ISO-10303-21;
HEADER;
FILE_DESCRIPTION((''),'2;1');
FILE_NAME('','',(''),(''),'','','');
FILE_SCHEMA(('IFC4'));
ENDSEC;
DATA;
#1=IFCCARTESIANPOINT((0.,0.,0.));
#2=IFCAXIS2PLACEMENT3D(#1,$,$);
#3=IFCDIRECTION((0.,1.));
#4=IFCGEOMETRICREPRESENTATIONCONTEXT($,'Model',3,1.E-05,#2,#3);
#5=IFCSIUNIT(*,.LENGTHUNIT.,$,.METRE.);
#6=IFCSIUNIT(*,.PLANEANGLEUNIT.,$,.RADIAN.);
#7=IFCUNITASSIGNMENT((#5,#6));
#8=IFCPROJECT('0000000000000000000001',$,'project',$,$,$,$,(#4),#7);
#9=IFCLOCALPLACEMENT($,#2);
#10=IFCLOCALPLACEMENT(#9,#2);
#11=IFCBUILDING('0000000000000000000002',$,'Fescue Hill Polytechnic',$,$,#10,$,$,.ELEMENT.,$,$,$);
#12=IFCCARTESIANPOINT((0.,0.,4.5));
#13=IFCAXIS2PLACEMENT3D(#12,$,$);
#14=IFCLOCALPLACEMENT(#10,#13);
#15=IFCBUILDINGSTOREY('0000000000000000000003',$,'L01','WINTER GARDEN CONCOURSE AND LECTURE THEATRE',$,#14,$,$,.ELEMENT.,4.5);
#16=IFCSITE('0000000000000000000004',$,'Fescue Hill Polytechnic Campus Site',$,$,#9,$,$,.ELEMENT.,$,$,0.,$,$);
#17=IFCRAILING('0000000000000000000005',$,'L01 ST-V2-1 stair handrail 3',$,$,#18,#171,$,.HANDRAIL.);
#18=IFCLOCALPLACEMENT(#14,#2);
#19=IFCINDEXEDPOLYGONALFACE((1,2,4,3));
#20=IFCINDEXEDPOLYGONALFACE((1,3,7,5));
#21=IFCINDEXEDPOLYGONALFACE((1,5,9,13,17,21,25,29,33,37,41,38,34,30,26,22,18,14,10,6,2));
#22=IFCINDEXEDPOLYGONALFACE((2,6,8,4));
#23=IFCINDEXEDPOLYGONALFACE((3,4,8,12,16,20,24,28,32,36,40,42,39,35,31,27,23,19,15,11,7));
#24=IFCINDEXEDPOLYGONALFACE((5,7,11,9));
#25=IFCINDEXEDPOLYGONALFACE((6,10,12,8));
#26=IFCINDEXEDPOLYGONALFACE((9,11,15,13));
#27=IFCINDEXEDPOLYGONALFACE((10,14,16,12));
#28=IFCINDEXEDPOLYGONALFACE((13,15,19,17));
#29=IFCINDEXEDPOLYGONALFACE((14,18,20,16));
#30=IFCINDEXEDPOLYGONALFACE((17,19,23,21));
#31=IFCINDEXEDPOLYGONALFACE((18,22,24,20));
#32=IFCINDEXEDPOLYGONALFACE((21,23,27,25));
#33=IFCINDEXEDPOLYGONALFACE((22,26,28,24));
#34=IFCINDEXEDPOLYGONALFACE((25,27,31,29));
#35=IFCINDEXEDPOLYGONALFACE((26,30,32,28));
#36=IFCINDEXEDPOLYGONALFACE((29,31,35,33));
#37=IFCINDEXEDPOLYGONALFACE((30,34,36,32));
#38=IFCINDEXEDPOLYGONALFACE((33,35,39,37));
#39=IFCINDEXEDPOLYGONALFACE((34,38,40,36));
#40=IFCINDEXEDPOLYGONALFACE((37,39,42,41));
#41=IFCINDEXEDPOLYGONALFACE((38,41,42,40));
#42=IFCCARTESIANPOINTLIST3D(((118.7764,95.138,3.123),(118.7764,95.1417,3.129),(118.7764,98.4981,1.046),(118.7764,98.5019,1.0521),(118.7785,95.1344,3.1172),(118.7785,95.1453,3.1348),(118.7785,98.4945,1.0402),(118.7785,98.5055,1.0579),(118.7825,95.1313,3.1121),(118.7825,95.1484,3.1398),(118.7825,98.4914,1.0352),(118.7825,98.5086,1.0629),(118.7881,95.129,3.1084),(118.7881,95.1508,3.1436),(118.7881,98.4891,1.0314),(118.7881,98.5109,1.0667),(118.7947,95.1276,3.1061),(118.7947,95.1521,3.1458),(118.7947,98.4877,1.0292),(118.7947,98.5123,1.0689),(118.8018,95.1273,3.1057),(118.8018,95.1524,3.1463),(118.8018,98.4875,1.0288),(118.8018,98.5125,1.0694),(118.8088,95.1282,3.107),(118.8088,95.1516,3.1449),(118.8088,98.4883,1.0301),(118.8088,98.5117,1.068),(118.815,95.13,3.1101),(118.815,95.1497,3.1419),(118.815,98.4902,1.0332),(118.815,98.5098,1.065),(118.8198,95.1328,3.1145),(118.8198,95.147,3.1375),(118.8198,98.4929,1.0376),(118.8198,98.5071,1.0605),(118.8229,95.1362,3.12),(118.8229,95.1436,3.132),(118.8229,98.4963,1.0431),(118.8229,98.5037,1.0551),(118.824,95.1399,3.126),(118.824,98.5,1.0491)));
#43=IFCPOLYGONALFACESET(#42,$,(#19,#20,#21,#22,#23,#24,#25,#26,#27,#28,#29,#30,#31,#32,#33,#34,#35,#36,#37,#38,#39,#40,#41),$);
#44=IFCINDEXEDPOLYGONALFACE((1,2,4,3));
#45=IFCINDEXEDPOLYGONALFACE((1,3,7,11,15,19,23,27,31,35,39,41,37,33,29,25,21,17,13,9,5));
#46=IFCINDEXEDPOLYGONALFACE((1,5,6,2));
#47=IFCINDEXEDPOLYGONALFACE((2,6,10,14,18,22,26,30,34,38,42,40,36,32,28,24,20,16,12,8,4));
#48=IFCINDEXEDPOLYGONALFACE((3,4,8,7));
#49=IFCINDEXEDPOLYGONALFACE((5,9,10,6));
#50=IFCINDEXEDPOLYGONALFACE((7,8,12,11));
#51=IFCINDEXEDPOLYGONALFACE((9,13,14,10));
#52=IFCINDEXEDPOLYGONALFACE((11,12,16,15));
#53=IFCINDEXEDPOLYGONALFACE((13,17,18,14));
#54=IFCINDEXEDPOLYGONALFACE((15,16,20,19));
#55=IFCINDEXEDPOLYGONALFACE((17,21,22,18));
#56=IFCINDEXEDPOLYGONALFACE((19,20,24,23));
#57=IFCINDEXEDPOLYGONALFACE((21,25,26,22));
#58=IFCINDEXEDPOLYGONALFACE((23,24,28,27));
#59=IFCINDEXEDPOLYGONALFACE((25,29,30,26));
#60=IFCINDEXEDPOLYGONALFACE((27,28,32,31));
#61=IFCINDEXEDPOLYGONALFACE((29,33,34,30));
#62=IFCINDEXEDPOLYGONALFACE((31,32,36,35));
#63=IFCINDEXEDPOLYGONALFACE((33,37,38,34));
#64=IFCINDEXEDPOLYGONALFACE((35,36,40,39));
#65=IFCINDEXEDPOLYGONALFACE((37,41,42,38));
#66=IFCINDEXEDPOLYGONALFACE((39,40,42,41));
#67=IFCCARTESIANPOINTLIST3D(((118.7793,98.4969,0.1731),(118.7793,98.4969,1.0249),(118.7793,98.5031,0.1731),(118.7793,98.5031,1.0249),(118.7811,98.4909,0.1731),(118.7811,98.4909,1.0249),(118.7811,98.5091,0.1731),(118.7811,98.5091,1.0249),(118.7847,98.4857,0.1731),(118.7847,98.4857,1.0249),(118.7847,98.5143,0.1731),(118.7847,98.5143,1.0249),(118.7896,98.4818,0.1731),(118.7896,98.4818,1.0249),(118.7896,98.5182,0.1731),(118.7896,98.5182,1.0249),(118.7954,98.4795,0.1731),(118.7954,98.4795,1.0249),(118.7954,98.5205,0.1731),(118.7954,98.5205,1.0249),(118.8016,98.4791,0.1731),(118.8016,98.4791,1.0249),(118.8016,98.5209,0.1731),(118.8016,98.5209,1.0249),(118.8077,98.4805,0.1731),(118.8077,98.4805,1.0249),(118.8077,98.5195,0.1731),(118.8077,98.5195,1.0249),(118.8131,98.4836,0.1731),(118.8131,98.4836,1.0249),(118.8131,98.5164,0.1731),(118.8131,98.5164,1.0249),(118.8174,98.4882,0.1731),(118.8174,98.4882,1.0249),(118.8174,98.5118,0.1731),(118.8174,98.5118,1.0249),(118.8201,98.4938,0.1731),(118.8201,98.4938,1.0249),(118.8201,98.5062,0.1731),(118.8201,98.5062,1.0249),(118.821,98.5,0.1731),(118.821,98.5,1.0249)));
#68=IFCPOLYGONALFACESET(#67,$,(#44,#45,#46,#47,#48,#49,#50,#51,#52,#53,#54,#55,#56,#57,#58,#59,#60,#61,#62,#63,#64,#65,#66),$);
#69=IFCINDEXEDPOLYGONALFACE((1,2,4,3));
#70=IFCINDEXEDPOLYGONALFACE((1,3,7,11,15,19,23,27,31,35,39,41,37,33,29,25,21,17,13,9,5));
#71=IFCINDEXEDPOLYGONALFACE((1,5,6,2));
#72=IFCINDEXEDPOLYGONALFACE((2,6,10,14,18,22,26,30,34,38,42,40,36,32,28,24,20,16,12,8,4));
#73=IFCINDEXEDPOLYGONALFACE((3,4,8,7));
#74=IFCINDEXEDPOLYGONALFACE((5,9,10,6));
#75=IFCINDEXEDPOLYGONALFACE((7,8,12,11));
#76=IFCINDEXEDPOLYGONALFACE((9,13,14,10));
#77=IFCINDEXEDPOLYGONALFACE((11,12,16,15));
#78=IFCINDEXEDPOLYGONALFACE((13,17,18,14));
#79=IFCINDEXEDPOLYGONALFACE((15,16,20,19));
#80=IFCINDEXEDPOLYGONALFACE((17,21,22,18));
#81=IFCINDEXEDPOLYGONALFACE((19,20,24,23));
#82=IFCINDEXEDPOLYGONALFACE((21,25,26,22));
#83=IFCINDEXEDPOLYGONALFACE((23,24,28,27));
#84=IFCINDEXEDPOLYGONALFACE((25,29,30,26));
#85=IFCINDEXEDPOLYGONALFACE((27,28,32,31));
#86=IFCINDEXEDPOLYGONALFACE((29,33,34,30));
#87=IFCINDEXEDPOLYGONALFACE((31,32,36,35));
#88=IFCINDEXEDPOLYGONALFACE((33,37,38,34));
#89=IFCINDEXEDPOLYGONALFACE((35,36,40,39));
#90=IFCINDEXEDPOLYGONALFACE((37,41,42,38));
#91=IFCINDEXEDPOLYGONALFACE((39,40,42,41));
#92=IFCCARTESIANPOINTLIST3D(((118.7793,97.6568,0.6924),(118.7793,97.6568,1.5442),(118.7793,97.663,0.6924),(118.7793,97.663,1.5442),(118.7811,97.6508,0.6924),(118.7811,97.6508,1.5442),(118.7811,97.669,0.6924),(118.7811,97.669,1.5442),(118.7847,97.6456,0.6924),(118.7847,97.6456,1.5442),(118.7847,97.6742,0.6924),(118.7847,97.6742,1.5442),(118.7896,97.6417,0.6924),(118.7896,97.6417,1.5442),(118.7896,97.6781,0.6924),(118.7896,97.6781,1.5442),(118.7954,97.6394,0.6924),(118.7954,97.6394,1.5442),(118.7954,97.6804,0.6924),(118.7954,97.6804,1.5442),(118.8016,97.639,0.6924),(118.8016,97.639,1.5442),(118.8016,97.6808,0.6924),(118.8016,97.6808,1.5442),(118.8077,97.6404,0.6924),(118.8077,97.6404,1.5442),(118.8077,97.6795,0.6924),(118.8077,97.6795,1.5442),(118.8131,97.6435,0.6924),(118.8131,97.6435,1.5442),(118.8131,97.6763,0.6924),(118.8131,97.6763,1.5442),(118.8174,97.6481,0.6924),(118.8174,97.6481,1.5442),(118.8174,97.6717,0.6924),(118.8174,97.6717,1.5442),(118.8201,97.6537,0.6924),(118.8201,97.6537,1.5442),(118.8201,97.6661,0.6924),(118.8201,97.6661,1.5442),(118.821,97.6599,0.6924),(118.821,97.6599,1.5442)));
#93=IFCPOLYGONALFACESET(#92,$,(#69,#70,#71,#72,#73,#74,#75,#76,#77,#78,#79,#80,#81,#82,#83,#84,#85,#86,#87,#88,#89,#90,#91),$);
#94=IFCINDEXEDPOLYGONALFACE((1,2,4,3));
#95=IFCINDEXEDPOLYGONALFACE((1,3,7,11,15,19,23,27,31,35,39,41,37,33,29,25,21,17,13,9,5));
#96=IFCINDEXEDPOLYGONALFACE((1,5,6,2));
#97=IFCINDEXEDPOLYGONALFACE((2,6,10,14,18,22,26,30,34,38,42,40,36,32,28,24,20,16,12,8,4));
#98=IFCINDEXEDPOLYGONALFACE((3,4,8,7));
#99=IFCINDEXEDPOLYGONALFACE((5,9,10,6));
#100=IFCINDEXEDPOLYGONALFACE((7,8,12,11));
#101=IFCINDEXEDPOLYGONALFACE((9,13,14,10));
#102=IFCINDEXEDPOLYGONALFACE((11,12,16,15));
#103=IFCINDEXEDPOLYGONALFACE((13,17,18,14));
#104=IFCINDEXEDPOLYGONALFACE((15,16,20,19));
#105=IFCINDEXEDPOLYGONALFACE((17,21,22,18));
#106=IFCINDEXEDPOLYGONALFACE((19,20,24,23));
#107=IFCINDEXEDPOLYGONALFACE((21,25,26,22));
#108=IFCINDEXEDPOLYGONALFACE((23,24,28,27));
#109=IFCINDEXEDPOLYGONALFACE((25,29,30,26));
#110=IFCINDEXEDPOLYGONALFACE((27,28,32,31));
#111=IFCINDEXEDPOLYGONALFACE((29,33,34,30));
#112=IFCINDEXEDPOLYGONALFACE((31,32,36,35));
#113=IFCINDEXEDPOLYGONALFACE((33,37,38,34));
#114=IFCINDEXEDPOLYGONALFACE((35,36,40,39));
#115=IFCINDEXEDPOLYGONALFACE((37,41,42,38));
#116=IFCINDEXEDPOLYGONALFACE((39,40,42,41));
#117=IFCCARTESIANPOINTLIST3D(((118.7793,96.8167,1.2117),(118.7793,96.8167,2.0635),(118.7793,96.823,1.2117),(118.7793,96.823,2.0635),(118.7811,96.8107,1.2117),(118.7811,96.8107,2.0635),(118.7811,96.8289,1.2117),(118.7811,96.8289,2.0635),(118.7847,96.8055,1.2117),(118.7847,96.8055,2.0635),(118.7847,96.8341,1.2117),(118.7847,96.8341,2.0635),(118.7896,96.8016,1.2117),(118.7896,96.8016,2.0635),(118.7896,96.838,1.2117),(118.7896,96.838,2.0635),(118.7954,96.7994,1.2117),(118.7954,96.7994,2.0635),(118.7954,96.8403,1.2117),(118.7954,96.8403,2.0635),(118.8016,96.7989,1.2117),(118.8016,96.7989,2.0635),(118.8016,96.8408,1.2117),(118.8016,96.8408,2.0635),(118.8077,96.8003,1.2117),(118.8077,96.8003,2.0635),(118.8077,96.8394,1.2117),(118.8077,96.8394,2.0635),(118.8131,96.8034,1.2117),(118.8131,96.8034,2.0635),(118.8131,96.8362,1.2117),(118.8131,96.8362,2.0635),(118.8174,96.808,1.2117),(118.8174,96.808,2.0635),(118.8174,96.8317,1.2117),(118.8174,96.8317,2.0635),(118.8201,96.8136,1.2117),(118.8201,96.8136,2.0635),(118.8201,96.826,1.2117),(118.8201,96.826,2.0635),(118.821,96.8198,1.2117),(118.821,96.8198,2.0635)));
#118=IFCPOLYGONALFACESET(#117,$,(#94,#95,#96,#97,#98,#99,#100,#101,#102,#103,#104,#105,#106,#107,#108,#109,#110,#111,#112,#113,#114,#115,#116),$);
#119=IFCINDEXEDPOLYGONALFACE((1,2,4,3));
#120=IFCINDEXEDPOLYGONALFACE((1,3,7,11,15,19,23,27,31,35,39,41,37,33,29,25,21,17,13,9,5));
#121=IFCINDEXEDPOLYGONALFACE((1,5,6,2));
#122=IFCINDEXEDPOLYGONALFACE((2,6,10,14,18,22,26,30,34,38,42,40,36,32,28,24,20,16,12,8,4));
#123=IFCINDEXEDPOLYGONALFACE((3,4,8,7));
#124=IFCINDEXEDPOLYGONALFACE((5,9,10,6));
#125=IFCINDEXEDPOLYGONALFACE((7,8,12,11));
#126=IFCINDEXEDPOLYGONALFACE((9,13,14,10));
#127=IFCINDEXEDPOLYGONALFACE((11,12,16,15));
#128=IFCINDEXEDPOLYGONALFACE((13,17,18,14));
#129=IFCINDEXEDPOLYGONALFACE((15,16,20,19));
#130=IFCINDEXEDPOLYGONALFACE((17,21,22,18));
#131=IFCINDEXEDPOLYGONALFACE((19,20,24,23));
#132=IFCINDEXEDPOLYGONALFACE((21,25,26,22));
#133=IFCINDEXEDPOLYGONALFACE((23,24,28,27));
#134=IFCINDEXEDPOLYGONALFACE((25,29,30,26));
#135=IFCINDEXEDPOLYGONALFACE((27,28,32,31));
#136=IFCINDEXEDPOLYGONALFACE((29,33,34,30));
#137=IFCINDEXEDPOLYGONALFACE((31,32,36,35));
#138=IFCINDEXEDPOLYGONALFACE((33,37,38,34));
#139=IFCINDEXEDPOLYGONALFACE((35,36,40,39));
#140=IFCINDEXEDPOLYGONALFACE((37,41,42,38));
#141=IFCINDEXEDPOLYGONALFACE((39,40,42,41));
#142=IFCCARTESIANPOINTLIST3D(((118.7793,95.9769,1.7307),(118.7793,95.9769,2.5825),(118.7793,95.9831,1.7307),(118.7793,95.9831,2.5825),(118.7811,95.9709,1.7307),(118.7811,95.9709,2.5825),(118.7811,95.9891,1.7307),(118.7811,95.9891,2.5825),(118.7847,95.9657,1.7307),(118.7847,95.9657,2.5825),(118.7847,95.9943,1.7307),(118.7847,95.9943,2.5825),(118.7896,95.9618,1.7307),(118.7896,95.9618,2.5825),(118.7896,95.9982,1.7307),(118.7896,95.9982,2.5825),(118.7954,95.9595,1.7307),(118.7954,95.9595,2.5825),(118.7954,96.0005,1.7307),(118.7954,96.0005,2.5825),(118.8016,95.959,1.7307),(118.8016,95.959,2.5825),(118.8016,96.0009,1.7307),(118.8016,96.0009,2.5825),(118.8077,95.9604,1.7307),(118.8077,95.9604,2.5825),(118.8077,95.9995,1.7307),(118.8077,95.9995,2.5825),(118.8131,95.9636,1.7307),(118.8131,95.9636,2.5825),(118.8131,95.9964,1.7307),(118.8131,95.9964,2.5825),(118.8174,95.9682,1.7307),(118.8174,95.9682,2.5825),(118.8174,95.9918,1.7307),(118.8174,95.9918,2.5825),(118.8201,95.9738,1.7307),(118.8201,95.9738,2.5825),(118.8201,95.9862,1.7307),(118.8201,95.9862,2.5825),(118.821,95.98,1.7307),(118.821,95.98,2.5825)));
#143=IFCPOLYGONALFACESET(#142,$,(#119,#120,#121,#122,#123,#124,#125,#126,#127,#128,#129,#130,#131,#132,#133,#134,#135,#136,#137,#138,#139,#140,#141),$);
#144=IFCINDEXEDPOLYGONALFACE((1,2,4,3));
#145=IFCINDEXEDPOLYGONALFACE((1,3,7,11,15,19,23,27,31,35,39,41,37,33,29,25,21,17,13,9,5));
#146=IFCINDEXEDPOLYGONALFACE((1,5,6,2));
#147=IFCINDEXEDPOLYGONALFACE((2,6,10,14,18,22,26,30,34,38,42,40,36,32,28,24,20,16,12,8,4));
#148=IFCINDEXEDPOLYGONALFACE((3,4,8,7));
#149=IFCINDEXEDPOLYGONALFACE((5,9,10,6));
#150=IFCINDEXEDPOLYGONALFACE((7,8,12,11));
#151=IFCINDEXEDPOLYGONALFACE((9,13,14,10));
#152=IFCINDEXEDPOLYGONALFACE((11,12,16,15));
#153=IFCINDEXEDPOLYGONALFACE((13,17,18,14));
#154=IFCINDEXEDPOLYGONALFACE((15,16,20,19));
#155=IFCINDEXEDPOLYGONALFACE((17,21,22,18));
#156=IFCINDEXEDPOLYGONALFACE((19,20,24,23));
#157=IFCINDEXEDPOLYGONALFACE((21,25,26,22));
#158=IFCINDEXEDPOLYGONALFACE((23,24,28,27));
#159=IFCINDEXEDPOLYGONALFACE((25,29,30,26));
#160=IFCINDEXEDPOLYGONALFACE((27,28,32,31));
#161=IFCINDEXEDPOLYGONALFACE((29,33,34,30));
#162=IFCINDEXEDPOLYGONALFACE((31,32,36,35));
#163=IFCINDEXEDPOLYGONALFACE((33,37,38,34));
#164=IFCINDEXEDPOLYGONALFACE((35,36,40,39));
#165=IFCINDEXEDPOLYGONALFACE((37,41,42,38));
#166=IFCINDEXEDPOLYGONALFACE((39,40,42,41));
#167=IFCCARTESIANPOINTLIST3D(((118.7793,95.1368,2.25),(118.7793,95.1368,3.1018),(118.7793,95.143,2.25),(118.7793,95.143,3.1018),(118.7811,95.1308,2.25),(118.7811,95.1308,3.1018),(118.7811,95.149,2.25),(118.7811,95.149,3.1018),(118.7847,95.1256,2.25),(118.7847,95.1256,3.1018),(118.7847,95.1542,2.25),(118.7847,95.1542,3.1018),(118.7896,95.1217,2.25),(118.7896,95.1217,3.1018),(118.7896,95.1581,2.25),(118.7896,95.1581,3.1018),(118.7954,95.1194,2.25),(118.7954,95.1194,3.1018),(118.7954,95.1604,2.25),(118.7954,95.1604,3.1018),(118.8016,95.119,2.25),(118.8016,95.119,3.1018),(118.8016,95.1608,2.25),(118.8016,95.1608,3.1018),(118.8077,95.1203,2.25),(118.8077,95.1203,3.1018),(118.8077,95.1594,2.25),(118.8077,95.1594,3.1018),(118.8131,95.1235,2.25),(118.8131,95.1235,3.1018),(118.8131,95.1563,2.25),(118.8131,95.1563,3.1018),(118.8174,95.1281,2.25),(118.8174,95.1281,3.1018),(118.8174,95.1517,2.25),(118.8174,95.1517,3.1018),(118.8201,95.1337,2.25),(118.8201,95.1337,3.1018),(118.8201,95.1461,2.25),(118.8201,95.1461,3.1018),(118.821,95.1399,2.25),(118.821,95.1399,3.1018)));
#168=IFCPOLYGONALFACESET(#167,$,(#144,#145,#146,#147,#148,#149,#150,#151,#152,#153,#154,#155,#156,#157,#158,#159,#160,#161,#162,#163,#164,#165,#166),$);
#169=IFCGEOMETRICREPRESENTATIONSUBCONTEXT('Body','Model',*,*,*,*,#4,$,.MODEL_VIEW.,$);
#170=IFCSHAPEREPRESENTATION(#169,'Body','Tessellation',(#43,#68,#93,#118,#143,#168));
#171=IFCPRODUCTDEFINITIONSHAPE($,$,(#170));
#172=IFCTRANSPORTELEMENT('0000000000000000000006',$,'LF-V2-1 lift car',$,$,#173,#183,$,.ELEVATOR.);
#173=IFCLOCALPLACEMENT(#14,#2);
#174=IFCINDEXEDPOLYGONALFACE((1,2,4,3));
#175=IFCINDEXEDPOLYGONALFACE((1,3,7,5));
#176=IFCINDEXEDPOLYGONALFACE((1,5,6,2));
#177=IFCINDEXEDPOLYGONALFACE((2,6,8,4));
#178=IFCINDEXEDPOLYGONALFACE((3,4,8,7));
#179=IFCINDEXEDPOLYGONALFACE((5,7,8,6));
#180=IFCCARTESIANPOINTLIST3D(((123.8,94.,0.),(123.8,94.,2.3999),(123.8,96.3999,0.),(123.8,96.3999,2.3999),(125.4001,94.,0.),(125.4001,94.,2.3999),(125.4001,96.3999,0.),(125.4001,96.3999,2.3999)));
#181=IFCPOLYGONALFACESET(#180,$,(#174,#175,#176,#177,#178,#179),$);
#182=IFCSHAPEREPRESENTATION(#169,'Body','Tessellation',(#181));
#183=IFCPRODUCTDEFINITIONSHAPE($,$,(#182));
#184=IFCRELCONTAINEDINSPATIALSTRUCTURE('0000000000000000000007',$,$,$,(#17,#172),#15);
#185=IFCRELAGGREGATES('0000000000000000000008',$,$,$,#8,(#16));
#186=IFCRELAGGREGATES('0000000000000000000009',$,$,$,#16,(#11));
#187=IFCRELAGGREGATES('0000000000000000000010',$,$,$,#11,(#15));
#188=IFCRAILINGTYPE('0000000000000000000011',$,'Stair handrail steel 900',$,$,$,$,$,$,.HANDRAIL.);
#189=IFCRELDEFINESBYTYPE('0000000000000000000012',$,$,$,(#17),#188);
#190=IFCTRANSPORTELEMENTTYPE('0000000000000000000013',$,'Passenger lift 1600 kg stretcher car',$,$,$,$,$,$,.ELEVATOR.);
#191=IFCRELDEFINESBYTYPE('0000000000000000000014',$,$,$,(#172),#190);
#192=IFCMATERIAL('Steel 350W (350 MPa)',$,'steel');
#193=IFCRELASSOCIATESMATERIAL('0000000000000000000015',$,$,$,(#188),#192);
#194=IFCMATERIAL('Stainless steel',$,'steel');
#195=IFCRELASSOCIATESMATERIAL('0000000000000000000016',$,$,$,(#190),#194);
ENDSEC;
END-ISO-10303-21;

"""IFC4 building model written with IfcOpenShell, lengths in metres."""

from ifc_helpers import new_model, si_unit, direction, frame, origin, origin_2d, place, context, subcontext, project, spatial, rectangle, circle, extrude, material, type_object, element, save


model = new_model("IFC4")

# Units and contexts
model_context = context("Model", 3, precision=1e-05, world=origin(), true_north=direction((0.0, 1.0)))
body_context = subcontext(model_context, "Body", "Model", "MODEL_VIEW")
ifc_project = project(units=[si_unit("LENGTHUNIT", "METRE"), si_unit("PLANEANGLEUNIT", "RADIAN")], contexts=[model_context])

# Site, building, storey
site_placement = place(None, origin())
site = spatial("IfcSite", under=ifc_project, at=site_placement, Name="Fescue Hill Polytechnic Campus Site", CompositionType="ELEMENT", RefElevation=0.0)
building_placement = place(site_placement, origin())
building = spatial("IfcBuilding", under=site, at=building_placement, Name="Fescue Hill Polytechnic", CompositionType="ELEMENT")
storey_placement = place(building_placement, frame((0.0, 0.0, 4.5)))
storey = spatial("IfcBuildingStorey", under=building, at=storey_placement, Name="L01", Description="WINTER GARDEN CONCOURSE AND LECTURE THEATRE", CompositionType="ELEMENT", Elevation=4.5)

# Shared definitions
ifc_material_1 = material(Name="Stainless steel", Category="steel")

# Railing
ifc_material_2 = material(Name="Steel 350W (350 MPa)", Category="steel")
railing_type_1 = type_object("IfcRailingType", Name="Stair handrail steel 900", PredefinedType="HANDRAIL", material=ifc_material_2)
railing_1_placement = place(storey_placement, frame((118.8, 98.5, 0.1731)))
element("IfcRailing", 1, at=railing_1_placement, inside=storey, type_object=railing_type_1, Name="L01 ST-V2-1 stair handrail 3", PredefinedType="HANDRAIL", context=body_context, shape_type="SweptSolid", body=[
    extrude(circle(Radius=0.0239, at=origin_2d()), frame((0.0, 0.0, 0.876), z_axis=(0.0, -0.850623, 0.525776), x_axis=(1.0, 0.0, 0.0)), (0.0, 0.0, 1.0), 3.9502),
    extrude(circle(Radius=0.021, at=origin_2d()), origin(), (0.0, 0.0, 1.0), 0.8518),
    extrude(circle(Radius=0.021, at=origin_2d()), frame((0.0, -0.8401, 0.5193)), (0.0, 0.0, 1.0), 0.8518),
    extrude(circle(Radius=0.021, at=origin_2d()), frame((0.0, -1.6802, 1.0386)), (0.0, 0.0, 1.0), 0.8518),
    extrude(circle(Radius=0.021, at=origin_2d()), frame((0.0, -2.52, 1.5576)), (0.0, 0.0, 1.0), 0.8518),
    extrude(circle(Radius=0.021, at=origin_2d()), frame((0.0, -3.3601, 2.0769)), (0.0, 0.0, 1.0), 0.8518),
])

# Transport element
transport_element_type = type_object("IfcTransportElementType", Name="Passenger lift 1600 kg stretcher car", PredefinedType="ELEVATOR", material=ifc_material_1)
transport_element_placement = place(storey_placement, frame((124.6001, 95.2, 0.0), z_axis=(0.0, 0.0, 1.0), x_axis=(1.0, 0.0, 0.0)))
element("IfcTransportElement", 2, at=transport_element_placement, inside=storey, type_object=transport_element_type, Name="LF-V2-1 lift car", PredefinedType="ELEVATOR", context=body_context, shape_type="SweptSolid", body=[
    extrude(rectangle(XDim=1.6001, YDim=2.3999, at=origin_2d()), origin(), (0.0, 0.0, 1.0), 2.3999),
])

save(model, "model.ifc")
